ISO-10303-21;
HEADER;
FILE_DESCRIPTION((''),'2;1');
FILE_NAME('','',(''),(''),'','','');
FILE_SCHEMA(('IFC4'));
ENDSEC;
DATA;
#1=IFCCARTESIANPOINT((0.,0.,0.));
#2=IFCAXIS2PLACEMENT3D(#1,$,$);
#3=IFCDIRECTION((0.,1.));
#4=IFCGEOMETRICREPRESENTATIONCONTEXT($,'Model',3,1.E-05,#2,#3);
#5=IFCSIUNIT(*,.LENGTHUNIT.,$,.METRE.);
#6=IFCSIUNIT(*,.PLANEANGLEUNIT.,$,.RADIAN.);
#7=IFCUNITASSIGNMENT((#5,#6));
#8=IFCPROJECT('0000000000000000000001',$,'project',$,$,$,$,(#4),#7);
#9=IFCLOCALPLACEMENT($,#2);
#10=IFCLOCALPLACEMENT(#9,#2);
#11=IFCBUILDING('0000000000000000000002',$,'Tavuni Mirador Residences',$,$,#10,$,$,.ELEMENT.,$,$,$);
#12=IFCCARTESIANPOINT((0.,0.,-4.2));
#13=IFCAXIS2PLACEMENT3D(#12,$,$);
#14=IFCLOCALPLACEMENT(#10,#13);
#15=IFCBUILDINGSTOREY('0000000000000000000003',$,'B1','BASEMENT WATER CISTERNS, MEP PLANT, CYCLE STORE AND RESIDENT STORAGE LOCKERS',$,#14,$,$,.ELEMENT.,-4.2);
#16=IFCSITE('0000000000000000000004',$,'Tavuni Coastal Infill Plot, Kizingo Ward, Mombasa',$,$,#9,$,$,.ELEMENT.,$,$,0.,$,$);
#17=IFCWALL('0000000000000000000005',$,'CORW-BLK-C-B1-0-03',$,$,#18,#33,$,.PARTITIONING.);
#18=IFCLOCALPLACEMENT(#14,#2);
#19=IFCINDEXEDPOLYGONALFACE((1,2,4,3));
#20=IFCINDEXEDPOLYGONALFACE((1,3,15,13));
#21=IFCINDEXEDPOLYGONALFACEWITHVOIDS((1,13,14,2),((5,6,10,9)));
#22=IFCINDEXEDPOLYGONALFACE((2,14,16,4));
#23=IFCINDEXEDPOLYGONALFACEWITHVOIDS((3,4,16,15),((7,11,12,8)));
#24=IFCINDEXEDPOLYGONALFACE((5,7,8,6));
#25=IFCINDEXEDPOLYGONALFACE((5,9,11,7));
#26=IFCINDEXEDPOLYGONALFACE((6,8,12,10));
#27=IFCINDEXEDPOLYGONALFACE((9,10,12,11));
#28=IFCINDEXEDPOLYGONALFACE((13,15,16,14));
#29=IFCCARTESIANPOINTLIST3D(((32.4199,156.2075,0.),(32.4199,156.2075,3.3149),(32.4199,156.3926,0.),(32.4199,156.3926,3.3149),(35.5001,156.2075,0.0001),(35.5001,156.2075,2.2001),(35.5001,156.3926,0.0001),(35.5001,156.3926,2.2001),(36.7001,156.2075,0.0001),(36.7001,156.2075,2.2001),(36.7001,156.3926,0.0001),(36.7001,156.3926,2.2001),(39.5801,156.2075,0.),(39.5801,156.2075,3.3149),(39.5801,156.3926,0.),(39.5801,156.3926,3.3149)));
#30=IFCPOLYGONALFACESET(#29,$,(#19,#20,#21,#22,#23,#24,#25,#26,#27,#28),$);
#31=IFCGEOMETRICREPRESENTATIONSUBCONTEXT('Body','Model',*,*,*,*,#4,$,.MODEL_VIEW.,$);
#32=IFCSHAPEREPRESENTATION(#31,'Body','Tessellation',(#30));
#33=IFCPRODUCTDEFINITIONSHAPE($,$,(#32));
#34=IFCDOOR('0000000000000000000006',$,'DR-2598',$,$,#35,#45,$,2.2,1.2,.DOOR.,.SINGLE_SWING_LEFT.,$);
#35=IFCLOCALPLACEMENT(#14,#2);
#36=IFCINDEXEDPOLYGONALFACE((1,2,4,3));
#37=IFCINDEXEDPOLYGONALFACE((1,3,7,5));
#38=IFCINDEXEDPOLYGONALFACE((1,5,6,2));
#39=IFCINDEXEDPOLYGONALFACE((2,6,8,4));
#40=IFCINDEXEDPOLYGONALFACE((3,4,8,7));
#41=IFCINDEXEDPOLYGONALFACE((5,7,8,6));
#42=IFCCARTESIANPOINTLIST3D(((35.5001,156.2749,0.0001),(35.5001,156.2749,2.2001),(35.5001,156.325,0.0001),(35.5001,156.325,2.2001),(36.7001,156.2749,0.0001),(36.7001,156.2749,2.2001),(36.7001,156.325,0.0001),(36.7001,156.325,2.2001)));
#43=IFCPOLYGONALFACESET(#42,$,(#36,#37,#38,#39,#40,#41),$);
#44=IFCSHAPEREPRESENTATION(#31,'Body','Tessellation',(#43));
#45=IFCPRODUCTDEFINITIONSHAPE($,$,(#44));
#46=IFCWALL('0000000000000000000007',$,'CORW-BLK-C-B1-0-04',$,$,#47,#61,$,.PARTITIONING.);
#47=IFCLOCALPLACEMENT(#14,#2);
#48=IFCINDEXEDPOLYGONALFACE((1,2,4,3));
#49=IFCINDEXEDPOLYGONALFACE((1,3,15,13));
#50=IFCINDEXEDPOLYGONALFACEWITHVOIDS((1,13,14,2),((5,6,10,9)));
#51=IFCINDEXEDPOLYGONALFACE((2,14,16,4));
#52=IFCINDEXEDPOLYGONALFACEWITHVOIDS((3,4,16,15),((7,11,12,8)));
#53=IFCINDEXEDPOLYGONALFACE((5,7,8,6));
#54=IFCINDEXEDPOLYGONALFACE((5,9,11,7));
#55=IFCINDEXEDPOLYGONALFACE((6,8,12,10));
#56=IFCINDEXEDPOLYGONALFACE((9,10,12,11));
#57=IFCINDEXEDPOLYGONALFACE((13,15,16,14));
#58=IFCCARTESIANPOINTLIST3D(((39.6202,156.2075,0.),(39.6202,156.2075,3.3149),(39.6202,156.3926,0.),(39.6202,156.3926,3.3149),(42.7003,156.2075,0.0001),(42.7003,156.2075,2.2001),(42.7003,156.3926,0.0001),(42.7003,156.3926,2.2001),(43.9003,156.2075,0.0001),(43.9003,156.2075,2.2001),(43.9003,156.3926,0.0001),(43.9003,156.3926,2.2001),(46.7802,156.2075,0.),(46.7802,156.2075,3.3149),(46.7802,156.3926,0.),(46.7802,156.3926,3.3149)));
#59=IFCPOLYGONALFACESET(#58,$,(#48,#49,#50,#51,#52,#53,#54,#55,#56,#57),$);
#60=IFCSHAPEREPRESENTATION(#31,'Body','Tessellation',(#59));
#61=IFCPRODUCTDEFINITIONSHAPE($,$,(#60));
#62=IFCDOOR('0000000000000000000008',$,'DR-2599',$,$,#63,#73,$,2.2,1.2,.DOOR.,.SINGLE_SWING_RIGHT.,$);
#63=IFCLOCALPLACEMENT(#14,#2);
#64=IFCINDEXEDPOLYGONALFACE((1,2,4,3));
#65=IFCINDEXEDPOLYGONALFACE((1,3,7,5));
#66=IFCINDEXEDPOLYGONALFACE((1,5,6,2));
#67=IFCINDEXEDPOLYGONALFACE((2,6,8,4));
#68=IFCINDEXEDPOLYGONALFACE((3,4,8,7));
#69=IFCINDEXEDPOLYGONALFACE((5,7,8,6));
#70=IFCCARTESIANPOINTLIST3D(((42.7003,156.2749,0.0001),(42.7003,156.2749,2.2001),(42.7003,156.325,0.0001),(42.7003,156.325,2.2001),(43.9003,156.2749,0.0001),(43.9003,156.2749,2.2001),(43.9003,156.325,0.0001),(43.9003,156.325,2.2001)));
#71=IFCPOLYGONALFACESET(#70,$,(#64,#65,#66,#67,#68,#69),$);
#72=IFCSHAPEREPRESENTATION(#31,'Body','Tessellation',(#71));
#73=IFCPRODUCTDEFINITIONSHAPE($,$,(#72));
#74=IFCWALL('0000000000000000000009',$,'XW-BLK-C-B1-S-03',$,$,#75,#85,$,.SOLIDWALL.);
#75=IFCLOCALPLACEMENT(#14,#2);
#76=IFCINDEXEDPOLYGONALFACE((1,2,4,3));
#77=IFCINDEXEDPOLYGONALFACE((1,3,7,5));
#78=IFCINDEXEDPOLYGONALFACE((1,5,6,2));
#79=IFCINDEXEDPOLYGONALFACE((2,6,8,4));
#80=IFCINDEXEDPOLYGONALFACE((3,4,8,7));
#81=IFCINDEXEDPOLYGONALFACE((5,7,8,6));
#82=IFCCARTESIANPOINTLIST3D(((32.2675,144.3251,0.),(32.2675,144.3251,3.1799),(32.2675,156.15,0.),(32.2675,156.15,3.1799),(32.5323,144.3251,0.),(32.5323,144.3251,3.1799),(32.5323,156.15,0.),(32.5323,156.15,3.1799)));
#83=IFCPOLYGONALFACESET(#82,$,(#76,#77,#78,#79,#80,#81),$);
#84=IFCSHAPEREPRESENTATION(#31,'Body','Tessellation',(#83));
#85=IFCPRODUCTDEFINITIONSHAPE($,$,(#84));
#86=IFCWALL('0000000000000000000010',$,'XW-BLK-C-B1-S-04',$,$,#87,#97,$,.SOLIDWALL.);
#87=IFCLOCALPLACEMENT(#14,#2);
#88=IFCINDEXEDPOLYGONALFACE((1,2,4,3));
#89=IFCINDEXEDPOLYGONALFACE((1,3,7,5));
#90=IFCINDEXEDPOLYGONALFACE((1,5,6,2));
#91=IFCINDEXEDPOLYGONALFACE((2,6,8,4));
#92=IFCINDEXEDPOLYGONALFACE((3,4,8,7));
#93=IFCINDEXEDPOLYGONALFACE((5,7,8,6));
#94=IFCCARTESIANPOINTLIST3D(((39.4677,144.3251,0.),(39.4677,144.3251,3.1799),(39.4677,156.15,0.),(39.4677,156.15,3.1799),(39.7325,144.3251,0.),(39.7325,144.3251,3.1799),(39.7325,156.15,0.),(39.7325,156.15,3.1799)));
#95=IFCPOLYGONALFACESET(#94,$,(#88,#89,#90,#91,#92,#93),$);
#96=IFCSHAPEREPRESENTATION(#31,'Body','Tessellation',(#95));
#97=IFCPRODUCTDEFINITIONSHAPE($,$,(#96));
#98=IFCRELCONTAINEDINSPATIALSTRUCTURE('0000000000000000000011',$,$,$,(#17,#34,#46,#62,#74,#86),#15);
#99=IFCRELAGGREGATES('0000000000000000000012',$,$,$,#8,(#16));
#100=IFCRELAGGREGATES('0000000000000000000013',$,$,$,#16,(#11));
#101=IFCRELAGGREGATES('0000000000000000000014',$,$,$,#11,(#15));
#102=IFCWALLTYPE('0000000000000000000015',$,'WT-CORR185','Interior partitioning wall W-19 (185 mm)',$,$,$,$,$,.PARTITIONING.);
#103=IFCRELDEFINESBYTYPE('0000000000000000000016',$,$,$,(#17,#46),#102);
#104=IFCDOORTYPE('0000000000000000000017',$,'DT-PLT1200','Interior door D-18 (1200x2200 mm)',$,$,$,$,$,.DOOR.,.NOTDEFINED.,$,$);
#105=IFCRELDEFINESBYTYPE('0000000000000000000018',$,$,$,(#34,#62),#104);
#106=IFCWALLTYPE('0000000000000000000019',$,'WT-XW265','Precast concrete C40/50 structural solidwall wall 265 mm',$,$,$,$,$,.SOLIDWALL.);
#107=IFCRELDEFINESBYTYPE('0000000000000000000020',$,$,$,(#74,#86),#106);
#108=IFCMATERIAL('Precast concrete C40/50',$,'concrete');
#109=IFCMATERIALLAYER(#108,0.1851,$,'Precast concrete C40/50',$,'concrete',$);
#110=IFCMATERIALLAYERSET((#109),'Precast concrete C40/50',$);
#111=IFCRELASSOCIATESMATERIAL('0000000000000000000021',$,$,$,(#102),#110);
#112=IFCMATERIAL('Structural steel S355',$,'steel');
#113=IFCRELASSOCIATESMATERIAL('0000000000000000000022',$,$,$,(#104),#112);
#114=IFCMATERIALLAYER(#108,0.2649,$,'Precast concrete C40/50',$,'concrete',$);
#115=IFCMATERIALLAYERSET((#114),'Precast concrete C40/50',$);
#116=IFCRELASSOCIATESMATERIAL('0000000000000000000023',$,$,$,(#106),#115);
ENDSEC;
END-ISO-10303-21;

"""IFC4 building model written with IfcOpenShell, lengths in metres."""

from ifc_helpers import new_model, si_unit, direction, frame, frame_2d, origin, place, context, subcontext, project, spatial, rectangle, extrude, material, layer, layer_set, type_object, element, fill, save


model = new_model("IFC4")

# Units and contexts
model_context = context("Model", 3, precision=1e-05, world=origin(), true_north=direction((0.0, 1.0)))
body_context = subcontext(model_context, "Body", "Model", "MODEL_VIEW")
ifc_project = project(units=[si_unit("LENGTHUNIT", "METRE"), si_unit("PLANEANGLEUNIT", "RADIAN")], contexts=[model_context])

# Site, building, storey
site_placement = place(None, origin())
site = spatial("IfcSite", under=ifc_project, at=site_placement, Name="Tavuni Coastal Infill Plot, Kizingo Ward, Mombasa", CompositionType="ELEMENT", RefElevation=0.0)
building_placement = place(site_placement, origin())
building = spatial("IfcBuilding", under=site, at=building_placement, Name="Tavuni Mirador Residences", CompositionType="ELEMENT")
storey_placement = place(building_placement, frame((0.0, 0.0, -4.2)))
storey = spatial("IfcBuildingStorey", under=building, at=storey_placement, Name="B1", Description="BASEMENT WATER CISTERNS, MEP PLANT, CYCLE STORE AND RESIDENT STORAGE LOCKERS", CompositionType="ELEMENT", Elevation=-4.2)

# Shared definitions
ifc_material_1 = material(Name="Precast concrete C40/50", Category="concrete")

# Walls, openings, doors
ifc_layer_1 = layer(ifc_material_1, 0.1851, Name="Precast concrete C40/50", Category="concrete")
ifc_layer_set_1 = layer_set([ifc_layer_1], Name="Precast concrete C40/50")
wall_type_1 = type_object("IfcWallType", Name="WT-CORR185", Description="Interior partitioning wall W-19 (185 mm)", PredefinedType="PARTITIONING", material=ifc_layer_set_1)
wall_1_placement = place(storey_placement, frame((32.4199, 156.3, 0.0), z_axis=(0.0, 0.0, 1.0), x_axis=(1.0, 0.0, 0.0)))
wall_1 = element("IfcWall", 1, at=wall_1_placement, inside=storey, type_object=wall_type_1, Name="CORW-BLK-C-B1-0-03", PredefinedType="PARTITIONING", context=body_context, shape_type="SweptSolid", body=[
    extrude(rectangle(XDim=7.1602, YDim=0.1851, at=frame_2d((3.5801, 0.0))), origin(), (0.0, 0.0, 1.0), 3.3149),
])
opening_1_placement = place(wall_1_placement, frame((3.0801, 0.0, 0.0)))
opening_1 = element("IfcOpeningElement", 2, at=opening_1_placement, cuts=wall_1, PredefinedType="OPENING", context=body_context, shape_type="SweptSolid", body=[
    extrude(rectangle(XDim=1.2, YDim=2.2, at=frame_2d((0.6001, 1.1001))), frame((0.0, 0.1025, 0.0), z_axis=(0.0, -1.0, 0.0), x_axis=(1.0, 0.0, 0.0)), (0.0, 0.0, 1.0), 0.2051),
])
ifc_material_2 = material(Name="Structural steel S355", Category="steel")
door_type = type_object("IfcDoorType", Name="DT-PLT1200", Description="Interior door D-18 (1200x2200 mm)", OperationType="NOTDEFINED", PredefinedType="DOOR", material=ifc_material_2)
door_1_placement = place(opening_1_placement, origin())
door_1 = element("IfcDoor", 3, at=door_1_placement, inside=storey, type_object=door_type, Name="DR-2598", OperationType="SINGLE_SWING_LEFT", OverallHeight=2.2, OverallWidth=1.2, PredefinedType="DOOR", context=body_context, shape_type="SweptSolid", body=[
    extrude(rectangle(XDim=1.2, YDim=2.2, at=frame_2d((0.6001, 1.1001))), frame((0.0, 0.0249, 0.0), z_axis=(0.0, -1.0, 0.0), x_axis=(1.0, 0.0, 0.0)), (0.0, 0.0, 1.0), 0.05),
])
fill(opening_1, door_1)
wall_2_placement = place(storey_placement, frame((39.6201, 156.3, 0.0), z_axis=(0.0, 0.0, 1.0), x_axis=(1.0, 0.0, 0.0)))
wall_2 = element("IfcWall", 4, at=wall_2_placement, inside=storey, type_object=wall_type_1, Name="CORW-BLK-C-B1-0-04", PredefinedType="PARTITIONING", context=body_context, shape_type="SweptSolid", body=[
    extrude(rectangle(XDim=7.1599, YDim=0.1851, at=frame_2d((3.5801, 0.0))), origin(), (0.0, 0.0, 1.0), 3.3149),
])
opening_2_placement = place(wall_2_placement, frame((3.0801, 0.0, 0.0)))
opening_2 = element("IfcOpeningElement", 5, at=opening_2_placement, cuts=wall_2, PredefinedType="OPENING", context=body_context, shape_type="SweptSolid", body=[
    extrude(rectangle(XDim=1.2, YDim=2.2, at=frame_2d((0.6001, 1.1001))), frame((0.0, 0.1025, 0.0), z_axis=(0.0, -1.0, 0.0), x_axis=(1.0, 0.0, 0.0)), (0.0, 0.0, 1.0), 0.2051),
])
door_2_placement = place(opening_2_placement, origin())
door_2 = element("IfcDoor", 6, at=door_2_placement, inside=storey, type_object=door_type, Name="DR-2599", OperationType="SINGLE_SWING_RIGHT", OverallHeight=2.2, OverallWidth=1.2, PredefinedType="DOOR", context=body_context, shape_type="SweptSolid", body=[
    extrude(rectangle(XDim=1.2, YDim=2.2, at=frame_2d((0.6001, 1.1001))), frame((0.0, 0.0249, 0.0), z_axis=(0.0, -1.0, 0.0), x_axis=(1.0, 0.0, 0.0)), (0.0, 0.0, 1.0), 0.05),
])
fill(opening_2, door_2)

# Walls
ifc_layer_2 = layer(ifc_material_1, 0.2649, Name="Precast concrete C40/50", Category="concrete")
ifc_layer_set_2 = layer_set([ifc_layer_2], Name="Precast concrete C40/50")
wall_type_2 = type_object("IfcWallType", Name="WT-XW265", Description="Precast concrete C40/50 structural solidwall wall 265 mm", PredefinedType="SOLIDWALL", material=ifc_layer_set_2)
for number, where, z_axis, x_axis, name in (
    (7, (32.3999, 144.325, 0.0), (0.0, 0.0, 1.0), (0.0, 1.0, 0.0), "XW-BLK-C-B1-S-03"),
    (8, (39.6001, 144.325, 0.0), (0.0, 0.0, 1.0), (0.0, 1.0, 0.0), "XW-BLK-C-B1-S-04"),
):
    element("IfcWall", number, at=place(storey_placement, frame(where, z_axis=z_axis, x_axis=x_axis)), inside=storey, type_object=wall_type_2, Name=name, PredefinedType="SOLIDWALL", context=body_context, shape_type="SweptSolid", body=[
        extrude(rectangle(XDim=11.825, YDim=0.2649, at=frame_2d((5.9126, 0.0))), origin(), (0.0, 0.0, 1.0), 3.1799),
    ])

save(model, "model.ifc")
